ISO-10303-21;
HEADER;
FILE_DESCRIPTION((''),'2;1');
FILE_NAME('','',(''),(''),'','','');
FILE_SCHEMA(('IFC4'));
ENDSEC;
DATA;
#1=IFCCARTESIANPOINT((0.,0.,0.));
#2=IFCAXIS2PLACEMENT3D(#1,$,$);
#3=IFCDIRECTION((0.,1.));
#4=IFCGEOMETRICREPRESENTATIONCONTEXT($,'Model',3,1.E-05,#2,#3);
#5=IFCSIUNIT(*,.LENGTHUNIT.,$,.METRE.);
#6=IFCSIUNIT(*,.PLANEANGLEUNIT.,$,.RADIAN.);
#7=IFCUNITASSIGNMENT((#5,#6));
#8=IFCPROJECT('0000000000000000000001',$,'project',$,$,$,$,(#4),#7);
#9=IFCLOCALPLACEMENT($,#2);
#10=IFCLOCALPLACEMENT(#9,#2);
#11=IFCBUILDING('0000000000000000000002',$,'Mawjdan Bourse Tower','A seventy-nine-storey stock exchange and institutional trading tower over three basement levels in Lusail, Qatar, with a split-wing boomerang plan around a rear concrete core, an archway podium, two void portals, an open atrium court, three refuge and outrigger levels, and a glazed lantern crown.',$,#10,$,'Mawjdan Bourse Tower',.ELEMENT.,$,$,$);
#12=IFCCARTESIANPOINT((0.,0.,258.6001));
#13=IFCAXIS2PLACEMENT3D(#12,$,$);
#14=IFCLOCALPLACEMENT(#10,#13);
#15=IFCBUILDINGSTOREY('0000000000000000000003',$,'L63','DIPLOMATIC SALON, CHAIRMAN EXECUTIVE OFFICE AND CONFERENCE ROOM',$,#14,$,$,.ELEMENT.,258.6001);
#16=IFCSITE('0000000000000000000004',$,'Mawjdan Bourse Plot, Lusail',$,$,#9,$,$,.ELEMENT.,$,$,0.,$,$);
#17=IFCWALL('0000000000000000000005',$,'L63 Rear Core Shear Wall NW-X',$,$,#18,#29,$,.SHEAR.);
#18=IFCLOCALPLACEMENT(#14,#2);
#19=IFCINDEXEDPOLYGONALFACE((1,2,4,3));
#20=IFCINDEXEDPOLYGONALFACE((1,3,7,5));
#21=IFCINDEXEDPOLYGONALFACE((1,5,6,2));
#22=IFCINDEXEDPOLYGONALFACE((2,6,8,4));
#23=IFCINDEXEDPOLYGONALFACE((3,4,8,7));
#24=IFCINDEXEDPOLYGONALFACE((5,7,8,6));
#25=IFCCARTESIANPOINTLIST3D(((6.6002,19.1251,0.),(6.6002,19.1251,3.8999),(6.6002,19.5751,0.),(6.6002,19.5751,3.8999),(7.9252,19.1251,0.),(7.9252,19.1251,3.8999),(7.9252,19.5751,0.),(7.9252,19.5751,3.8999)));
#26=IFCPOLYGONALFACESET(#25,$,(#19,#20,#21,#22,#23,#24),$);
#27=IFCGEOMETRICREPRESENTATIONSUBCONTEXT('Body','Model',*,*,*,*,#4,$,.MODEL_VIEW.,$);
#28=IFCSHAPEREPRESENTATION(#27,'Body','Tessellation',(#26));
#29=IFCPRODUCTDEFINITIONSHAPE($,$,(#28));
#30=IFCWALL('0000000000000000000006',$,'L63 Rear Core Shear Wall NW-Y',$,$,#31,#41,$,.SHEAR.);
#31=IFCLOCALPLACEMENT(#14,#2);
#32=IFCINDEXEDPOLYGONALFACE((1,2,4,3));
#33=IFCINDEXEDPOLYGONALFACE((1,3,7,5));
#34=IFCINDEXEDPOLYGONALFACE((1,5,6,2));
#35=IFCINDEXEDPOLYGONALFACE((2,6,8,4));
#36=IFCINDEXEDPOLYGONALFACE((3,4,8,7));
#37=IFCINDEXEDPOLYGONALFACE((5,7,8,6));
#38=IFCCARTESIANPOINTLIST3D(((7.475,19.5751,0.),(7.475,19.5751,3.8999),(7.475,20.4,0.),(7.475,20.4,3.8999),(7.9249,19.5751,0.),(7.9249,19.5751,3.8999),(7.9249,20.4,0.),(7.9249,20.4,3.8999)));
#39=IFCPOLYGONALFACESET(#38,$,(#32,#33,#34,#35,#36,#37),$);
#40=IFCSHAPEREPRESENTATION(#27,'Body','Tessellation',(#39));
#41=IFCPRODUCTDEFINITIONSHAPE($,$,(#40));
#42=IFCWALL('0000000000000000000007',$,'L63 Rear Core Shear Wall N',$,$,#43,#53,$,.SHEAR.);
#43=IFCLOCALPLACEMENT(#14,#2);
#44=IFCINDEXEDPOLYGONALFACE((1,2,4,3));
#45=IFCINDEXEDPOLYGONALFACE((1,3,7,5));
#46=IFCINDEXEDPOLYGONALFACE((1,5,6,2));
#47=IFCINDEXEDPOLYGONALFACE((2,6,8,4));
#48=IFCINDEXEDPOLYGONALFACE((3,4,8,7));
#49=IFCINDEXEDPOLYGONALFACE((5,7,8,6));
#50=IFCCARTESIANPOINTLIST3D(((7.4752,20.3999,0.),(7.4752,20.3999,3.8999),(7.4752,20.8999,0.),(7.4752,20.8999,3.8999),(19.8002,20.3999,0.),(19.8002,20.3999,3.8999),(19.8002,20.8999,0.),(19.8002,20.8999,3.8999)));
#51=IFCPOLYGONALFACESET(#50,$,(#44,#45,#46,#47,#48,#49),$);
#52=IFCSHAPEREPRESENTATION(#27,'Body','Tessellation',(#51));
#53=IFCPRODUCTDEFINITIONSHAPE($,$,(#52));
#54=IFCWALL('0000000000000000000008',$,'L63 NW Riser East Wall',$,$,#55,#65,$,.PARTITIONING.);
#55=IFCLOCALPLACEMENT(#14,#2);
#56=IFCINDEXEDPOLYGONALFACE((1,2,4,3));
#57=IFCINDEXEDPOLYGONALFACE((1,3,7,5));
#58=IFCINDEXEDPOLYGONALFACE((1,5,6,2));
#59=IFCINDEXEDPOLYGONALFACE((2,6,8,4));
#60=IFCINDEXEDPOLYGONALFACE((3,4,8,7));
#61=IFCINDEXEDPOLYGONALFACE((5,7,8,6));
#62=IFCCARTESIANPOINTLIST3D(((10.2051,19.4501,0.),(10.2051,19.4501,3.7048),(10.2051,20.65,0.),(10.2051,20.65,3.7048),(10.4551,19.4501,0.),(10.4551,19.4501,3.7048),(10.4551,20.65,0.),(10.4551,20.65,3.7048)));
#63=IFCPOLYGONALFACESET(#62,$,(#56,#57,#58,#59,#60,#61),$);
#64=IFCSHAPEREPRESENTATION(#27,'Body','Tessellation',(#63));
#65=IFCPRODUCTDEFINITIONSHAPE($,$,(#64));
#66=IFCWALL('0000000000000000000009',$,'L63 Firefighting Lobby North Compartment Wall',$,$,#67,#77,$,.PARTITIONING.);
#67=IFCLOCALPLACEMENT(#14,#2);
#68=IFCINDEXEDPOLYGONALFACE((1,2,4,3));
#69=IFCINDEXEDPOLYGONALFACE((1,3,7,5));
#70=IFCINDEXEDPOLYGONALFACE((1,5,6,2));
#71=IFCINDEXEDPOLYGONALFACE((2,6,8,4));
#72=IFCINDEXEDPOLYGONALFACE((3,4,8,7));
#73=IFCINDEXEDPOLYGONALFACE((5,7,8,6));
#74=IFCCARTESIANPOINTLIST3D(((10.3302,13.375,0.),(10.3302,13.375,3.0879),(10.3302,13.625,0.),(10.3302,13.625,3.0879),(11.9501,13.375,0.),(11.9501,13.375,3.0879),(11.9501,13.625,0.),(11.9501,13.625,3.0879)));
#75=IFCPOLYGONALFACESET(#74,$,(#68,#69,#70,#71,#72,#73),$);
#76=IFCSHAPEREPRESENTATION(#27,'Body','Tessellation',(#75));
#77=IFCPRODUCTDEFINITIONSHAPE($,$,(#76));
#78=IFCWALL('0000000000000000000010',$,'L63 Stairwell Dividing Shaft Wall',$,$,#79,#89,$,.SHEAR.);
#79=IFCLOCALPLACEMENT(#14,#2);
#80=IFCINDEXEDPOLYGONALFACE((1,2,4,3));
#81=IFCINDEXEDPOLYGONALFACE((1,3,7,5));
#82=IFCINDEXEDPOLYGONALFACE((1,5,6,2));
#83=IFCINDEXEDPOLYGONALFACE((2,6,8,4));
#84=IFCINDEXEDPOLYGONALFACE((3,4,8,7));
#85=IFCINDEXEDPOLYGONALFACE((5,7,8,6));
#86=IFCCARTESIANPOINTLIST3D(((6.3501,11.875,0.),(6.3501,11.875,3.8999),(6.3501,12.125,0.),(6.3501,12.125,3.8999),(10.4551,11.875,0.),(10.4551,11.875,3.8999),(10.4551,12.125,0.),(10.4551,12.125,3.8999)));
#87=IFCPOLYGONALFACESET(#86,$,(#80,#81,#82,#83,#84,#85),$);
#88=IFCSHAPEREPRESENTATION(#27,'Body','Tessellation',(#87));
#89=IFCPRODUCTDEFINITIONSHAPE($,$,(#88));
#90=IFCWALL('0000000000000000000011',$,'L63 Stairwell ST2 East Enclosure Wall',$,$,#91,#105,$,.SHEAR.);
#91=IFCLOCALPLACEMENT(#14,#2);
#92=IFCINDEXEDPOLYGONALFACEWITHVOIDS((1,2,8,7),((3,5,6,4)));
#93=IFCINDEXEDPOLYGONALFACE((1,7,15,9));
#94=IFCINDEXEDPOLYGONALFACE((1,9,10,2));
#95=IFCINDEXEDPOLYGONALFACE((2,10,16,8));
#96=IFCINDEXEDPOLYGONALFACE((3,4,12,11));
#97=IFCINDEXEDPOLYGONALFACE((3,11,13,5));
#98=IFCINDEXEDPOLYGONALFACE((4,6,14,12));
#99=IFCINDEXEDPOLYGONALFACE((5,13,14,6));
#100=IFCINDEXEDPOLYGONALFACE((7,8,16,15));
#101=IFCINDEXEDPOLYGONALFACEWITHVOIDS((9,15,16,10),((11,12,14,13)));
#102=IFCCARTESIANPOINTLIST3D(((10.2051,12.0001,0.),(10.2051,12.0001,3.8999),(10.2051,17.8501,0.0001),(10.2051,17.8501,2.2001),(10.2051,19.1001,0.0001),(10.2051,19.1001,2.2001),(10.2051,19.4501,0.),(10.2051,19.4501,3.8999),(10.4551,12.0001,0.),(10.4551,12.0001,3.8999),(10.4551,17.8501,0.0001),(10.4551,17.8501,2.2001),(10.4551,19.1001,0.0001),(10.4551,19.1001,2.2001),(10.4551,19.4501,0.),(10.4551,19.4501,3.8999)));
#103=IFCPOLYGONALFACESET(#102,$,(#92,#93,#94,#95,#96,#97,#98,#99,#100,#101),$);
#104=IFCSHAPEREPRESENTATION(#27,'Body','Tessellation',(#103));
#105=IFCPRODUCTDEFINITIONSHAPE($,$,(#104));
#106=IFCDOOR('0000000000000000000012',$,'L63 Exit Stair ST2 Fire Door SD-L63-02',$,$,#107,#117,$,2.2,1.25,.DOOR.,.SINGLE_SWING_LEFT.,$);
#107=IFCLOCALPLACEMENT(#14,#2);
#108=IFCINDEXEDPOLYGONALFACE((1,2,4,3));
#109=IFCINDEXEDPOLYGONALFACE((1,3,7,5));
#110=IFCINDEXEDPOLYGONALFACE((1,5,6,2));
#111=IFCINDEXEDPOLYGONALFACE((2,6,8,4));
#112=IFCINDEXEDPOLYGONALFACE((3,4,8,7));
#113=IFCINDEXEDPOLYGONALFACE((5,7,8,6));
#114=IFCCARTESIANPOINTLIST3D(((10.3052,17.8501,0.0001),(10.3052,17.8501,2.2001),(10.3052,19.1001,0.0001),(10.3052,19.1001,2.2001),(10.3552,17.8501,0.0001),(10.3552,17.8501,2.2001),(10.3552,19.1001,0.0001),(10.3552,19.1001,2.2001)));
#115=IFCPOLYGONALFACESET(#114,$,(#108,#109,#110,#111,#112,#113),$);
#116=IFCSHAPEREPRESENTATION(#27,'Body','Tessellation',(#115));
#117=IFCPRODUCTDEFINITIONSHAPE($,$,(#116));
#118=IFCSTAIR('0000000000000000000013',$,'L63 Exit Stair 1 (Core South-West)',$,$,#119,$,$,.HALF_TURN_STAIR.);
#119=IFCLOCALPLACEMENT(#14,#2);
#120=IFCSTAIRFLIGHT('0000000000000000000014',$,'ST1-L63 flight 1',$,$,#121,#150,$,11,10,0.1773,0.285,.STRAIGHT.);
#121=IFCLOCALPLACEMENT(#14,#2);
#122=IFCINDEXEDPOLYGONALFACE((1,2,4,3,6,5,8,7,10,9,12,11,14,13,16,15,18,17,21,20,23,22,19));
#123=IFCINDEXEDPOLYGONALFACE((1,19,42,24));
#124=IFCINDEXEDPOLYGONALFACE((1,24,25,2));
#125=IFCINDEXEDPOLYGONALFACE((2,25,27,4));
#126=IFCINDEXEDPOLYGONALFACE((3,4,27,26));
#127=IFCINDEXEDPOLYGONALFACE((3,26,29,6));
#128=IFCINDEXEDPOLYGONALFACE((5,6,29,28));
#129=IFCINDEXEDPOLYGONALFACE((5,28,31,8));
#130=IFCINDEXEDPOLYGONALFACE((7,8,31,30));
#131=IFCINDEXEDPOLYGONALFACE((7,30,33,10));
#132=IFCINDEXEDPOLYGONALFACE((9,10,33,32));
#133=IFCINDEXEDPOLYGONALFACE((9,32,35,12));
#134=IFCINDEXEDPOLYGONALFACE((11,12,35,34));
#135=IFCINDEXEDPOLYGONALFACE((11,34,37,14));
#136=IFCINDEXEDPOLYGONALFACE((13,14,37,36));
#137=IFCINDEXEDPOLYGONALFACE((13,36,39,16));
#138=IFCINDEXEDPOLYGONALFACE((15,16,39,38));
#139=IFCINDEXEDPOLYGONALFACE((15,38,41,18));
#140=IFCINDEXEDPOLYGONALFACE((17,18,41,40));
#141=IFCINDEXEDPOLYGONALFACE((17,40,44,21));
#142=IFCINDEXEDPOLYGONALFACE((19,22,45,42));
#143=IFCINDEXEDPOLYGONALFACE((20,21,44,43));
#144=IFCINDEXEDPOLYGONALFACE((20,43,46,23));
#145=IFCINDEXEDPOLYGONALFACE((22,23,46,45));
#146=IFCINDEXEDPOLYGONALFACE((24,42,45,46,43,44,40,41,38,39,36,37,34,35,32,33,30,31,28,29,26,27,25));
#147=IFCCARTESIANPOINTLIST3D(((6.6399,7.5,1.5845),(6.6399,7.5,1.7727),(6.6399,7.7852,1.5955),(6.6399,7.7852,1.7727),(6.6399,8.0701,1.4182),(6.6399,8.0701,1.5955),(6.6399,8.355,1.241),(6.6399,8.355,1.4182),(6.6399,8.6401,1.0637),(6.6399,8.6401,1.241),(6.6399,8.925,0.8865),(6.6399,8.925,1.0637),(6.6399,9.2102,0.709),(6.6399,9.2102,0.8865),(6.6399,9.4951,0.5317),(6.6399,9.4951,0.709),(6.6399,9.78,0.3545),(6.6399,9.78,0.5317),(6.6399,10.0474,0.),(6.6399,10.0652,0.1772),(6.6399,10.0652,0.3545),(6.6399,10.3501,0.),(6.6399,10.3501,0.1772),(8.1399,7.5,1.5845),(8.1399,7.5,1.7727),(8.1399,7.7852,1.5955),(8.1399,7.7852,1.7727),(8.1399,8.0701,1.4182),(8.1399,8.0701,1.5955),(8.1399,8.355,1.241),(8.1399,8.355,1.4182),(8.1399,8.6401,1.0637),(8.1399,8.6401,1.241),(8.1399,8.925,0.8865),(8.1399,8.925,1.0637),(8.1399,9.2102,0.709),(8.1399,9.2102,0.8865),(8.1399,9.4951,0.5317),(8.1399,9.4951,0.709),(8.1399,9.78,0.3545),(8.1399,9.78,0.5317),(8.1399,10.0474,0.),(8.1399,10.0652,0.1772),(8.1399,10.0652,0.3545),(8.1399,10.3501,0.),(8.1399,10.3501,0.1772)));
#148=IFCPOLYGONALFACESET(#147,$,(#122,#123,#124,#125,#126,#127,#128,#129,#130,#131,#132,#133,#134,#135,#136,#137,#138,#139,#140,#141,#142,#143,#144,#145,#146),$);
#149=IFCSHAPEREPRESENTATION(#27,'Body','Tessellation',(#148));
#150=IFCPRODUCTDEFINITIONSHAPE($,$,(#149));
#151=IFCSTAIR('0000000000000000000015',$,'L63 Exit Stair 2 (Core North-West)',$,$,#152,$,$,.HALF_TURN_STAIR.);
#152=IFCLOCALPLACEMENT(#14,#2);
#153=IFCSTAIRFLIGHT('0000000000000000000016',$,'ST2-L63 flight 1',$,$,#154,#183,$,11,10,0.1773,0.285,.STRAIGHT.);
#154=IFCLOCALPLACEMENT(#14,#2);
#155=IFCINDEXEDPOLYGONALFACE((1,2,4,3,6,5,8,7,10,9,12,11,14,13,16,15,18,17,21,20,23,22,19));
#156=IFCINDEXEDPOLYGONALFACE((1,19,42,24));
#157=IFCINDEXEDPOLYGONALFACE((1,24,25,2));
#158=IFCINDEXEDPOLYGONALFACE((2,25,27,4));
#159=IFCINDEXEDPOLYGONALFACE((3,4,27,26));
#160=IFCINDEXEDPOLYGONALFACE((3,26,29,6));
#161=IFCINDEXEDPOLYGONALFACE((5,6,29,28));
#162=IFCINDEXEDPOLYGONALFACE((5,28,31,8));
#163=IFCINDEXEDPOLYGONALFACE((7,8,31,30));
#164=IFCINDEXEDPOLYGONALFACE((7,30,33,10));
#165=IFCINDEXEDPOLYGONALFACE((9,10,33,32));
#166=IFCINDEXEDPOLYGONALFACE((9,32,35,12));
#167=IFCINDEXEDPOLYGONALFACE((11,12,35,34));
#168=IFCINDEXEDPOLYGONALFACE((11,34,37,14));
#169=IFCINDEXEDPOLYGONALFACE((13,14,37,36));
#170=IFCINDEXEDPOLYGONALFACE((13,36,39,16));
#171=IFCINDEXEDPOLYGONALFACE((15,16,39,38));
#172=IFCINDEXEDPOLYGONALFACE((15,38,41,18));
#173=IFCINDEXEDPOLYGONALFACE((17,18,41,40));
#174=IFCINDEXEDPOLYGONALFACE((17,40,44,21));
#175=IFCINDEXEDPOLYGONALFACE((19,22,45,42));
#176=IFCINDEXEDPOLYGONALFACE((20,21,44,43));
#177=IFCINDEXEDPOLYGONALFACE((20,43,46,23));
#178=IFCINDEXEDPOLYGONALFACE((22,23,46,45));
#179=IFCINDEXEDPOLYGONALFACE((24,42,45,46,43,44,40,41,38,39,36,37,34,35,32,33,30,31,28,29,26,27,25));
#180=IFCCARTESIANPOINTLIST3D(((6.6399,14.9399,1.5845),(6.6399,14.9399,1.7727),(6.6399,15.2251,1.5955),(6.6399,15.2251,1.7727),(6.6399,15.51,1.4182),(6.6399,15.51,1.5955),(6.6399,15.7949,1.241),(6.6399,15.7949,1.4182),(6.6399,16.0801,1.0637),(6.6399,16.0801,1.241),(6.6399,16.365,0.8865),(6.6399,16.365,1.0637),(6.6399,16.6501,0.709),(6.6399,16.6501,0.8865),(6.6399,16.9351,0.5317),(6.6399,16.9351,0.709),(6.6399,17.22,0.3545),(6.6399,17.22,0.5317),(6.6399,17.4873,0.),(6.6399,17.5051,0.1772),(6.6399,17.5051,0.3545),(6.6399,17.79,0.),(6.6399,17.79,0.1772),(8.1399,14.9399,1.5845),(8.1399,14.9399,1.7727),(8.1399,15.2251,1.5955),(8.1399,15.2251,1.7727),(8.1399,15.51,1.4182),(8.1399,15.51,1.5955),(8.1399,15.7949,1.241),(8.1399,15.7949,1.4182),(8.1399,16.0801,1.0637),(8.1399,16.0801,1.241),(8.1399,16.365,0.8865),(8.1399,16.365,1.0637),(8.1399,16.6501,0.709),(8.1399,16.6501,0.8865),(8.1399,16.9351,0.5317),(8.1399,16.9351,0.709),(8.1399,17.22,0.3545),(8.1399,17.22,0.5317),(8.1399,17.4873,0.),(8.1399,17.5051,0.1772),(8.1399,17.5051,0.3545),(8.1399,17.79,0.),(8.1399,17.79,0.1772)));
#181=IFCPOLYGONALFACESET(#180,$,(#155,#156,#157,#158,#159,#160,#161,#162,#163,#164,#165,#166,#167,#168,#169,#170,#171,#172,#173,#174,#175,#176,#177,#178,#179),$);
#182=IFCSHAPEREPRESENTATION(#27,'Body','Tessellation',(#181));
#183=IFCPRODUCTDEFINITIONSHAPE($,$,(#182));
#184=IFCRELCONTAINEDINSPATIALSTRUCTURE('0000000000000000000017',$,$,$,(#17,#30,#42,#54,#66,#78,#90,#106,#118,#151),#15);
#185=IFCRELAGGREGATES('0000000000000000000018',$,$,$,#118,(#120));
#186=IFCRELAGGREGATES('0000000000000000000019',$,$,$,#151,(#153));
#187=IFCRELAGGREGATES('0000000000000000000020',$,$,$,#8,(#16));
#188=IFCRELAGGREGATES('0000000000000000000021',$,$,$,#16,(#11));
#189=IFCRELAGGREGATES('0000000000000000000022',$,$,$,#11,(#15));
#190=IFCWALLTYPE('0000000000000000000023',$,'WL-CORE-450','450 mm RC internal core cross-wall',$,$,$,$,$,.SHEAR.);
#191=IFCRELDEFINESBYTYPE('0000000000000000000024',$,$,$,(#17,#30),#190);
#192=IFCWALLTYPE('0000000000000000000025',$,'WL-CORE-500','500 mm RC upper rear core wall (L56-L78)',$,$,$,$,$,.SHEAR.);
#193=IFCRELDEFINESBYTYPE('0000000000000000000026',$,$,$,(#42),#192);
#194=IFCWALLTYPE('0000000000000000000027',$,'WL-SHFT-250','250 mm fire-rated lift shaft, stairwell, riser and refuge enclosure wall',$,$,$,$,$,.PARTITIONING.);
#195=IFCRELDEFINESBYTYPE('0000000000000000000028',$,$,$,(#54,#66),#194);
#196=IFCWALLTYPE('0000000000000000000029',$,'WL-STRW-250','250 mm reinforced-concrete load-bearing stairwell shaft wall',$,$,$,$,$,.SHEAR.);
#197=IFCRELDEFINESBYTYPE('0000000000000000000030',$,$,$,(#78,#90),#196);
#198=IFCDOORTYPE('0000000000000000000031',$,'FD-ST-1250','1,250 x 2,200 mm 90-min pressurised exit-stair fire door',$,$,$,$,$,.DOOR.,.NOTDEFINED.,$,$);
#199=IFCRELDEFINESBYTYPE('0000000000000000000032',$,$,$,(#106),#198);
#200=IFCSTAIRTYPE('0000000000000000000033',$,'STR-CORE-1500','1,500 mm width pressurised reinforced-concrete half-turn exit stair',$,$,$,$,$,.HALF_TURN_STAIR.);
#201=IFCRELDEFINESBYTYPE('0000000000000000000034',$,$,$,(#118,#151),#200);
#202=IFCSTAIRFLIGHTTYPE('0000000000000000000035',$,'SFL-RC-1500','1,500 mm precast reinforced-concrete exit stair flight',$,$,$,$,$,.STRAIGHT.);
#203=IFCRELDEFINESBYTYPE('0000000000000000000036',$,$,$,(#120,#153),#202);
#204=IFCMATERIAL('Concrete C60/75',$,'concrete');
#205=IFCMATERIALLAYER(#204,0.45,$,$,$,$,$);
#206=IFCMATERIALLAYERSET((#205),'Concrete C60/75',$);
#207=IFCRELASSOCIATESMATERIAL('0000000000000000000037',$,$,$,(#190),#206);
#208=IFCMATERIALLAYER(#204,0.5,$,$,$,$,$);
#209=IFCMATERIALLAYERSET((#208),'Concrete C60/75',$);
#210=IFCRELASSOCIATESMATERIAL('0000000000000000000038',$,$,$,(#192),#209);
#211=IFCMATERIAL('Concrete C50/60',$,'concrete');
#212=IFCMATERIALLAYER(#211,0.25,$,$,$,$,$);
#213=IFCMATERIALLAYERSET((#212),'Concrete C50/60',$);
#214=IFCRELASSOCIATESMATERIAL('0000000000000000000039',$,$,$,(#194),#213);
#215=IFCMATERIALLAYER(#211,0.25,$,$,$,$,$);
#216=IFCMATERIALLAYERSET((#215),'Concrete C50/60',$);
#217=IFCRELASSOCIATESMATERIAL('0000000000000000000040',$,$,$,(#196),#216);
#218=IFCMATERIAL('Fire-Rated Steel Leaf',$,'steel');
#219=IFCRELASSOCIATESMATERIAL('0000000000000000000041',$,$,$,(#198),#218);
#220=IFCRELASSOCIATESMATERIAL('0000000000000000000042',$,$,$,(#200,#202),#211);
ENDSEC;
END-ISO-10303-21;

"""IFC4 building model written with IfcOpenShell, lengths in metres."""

from ifc_helpers import new_model, si_unit, direction, frame, frame_2d, origin, place, context, subcontext, project, spatial, polyline, rectangle, outline, extrude, material, layer, layer_set, type_object, element, fill, aggregate, save


model = new_model("IFC4")

# Units and contexts
model_context = context("Model", 3, precision=1e-05, world=origin(), true_north=direction((0.0, 1.0)))
body_context = subcontext(model_context, "Body", "Model", "MODEL_VIEW")
ifc_project = project(units=[si_unit("LENGTHUNIT", "METRE"), si_unit("PLANEANGLEUNIT", "RADIAN")], contexts=[model_context])

# Site, building, storey
site_placement = place(None, origin())
site = spatial("IfcSite", under=ifc_project, at=site_placement, Name="Mawjdan Bourse Plot, Lusail", CompositionType="ELEMENT", RefElevation=0.0)
building_placement = place(site_placement, origin())
building = spatial("IfcBuilding", under=site, at=building_placement, Name="Mawjdan Bourse Tower", Description="A seventy-nine-storey stock exchange and institutional trading tower over three basement levels in Lusail, Qatar, with a split-wing boomerang plan around a rear concrete core, an archway podium, two void portals, an open atrium court, three refuge and outrigger levels, and a glazed lantern crown.", LongName="Mawjdan Bourse Tower", CompositionType="ELEMENT")
storey_placement = place(building_placement, frame((0.0, 0.0, 258.6001)))
storey = spatial("IfcBuildingStorey", under=building, at=storey_placement, Name="L63", Description="DIPLOMATIC SALON, CHAIRMAN EXECUTIVE OFFICE AND CONFERENCE ROOM", CompositionType="ELEMENT", Elevation=258.6001)

# Walls
ifc_material_1 = material(Name="Concrete C60/75", Category="concrete")
ifc_layer_1 = layer(ifc_material_1, 0.45)
ifc_layer_set_1 = layer_set([ifc_layer_1], Name="Concrete C60/75")
wall_type_1 = type_object("IfcWallType", Name="WL-CORE-450", Description="450 mm RC internal core cross-wall", PredefinedType="SHEAR", material=ifc_layer_set_1)
wall_1_placement = place(storey_placement, frame((6.6001, 19.3501, 0.0), z_axis=(0.0, 0.0, 1.0), x_axis=(1.0, 0.0, 0.0)))
element("IfcWall", 1, at=wall_1_placement, inside=storey, type_object=wall_type_1, Name="L63 Rear Core Shear Wall NW-X", PredefinedType="SHEAR", context=body_context, shape_type="SweptSolid", body=[
    extrude(rectangle(XDim=1.325, YDim=0.45, at=frame_2d((0.6626, 0.0))), origin(), (0.0, 0.0, 1.0), 3.8999),
])
wall_2_placement = place(storey_placement, frame((7.7, 19.575, 0.0), z_axis=(0.0, 0.0, 1.0), x_axis=(0.0, 1.0, 0.0)))
element("IfcWall", 2, at=wall_2_placement, inside=storey, type_object=wall_type_1, Name="L63 Rear Core Shear Wall NW-Y", PredefinedType="SHEAR", context=body_context, shape_type="SweptSolid", body=[
    extrude(rectangle(XDim=0.825, YDim=0.45, at=frame_2d((0.4126, 0.0))), origin(), (0.0, 0.0, 1.0), 3.8999),
])
ifc_layer_2 = layer(ifc_material_1, 0.5)
ifc_layer_set_2 = layer_set([ifc_layer_2], Name="Concrete C60/75")
wall_type_2 = type_object("IfcWallType", Name="WL-CORE-500", Description="500 mm RC upper rear core wall (L56-L78)", PredefinedType="SHEAR", material=ifc_layer_set_2)
wall_3_placement = place(storey_placement, frame((7.4751, 20.6499, 0.0), z_axis=(0.0, 0.0, 1.0), x_axis=(1.0, 0.0, 0.0)))
element("IfcWall", 3, at=wall_3_placement, inside=storey, type_object=wall_type_2, Name="L63 Rear Core Shear Wall N", PredefinedType="SHEAR", context=body_context, shape_type="SweptSolid", body=[
    extrude(rectangle(XDim=12.325, YDim=0.5, at=frame_2d((6.1626, 0.0))), origin(), (0.0, 0.0, 1.0), 3.8999),
])
ifc_material_2 = material(Name="Concrete C50/60", Category="concrete")
ifc_layer_3 = layer(ifc_material_2, 0.25)
ifc_layer_set_3 = layer_set([ifc_layer_3], Name="Concrete C50/60")
wall_type_3 = type_object("IfcWallType", Name="WL-SHFT-250", Description="250 mm fire-rated lift shaft, stairwell, riser and refuge enclosure wall", PredefinedType="PARTITIONING", material=ifc_layer_set_3)
wall_4_placement = place(storey_placement, frame((10.3301, 19.45, 0.0), z_axis=(0.0, 0.0, 1.0), x_axis=(0.0, 1.0, 0.0)))
element("IfcWall", 4, at=wall_4_placement, inside=storey, type_object=wall_type_3, Name="L63 NW Riser East Wall", PredefinedType="PARTITIONING", context=body_context, shape_type="SweptSolid", body=[
    extrude(rectangle(XDim=1.2, YDim=0.25, at=frame_2d((0.6001, 0.0))), origin(), (0.0, 0.0, 1.0), 3.7048),
])
wall_5_placement = place(storey_placement, frame((10.3301, 13.5, 0.0), z_axis=(0.0, 0.0, 1.0), x_axis=(1.0, 0.0, 0.0)))
element("IfcWall", 5, at=wall_5_placement, inside=storey, type_object=wall_type_3, Name="L63 Firefighting Lobby North Compartment Wall", PredefinedType="PARTITIONING", context=body_context, shape_type="SweptSolid", body=[
    extrude(rectangle(XDim=1.6199, YDim=0.25, at=frame_2d((0.8101, 0.0))), origin(), (0.0, 0.0, 1.0), 3.0879),
])
ifc_layer_4 = layer(ifc_material_2, 0.25)
ifc_layer_set_4 = layer_set([ifc_layer_4], Name="Concrete C50/60")
wall_type_4 = type_object("IfcWallType", Name="WL-STRW-250", Description="250 mm reinforced-concrete load-bearing stairwell shaft wall", PredefinedType="SHEAR", material=ifc_layer_set_4)
wall_6_placement = place(storey_placement, frame((6.3501, 12.0, 0.0), z_axis=(0.0, 0.0, 1.0), x_axis=(1.0, 0.0, 0.0)))
element("IfcWall", 6, at=wall_6_placement, inside=storey, type_object=wall_type_4, Name="L63 Stairwell Dividing Shaft Wall", PredefinedType="SHEAR", context=body_context, shape_type="SweptSolid", body=[
    extrude(rectangle(XDim=4.105, YDim=0.25, at=frame_2d((2.0525, 0.0))), origin(), (0.0, 0.0, 1.0), 3.8999),
])

# Wall, opening, door
wall_7_placement = place(storey_placement, frame((10.3301, 12.0, 0.0), z_axis=(0.0, 0.0, 1.0), x_axis=(0.0, 1.0, 0.0)))
wall_7 = element("IfcWall", 7, at=wall_7_placement, inside=storey, type_object=wall_type_4, Name="L63 Stairwell ST2 East Enclosure Wall", PredefinedType="SHEAR", context=body_context, shape_type="SweptSolid", body=[
    extrude(rectangle(XDim=7.45, YDim=0.25, at=frame_2d((3.7251, 0.0))), origin(), (0.0, 0.0, 1.0), 3.8999),
])
opening_placement = place(wall_7_placement, frame((5.8501, 0.0, 0.0)))
opening = element("IfcOpeningElement", 8, at=opening_placement, cuts=wall_7, PredefinedType="OPENING", context=body_context, shape_type="SweptSolid", body=[
    extrude(rectangle(XDim=1.25, YDim=2.2, at=frame_2d((0.625, 1.1001))), frame((0.0, 0.135, 0.0), z_axis=(0.0, -1.0, 0.0), x_axis=(1.0, 0.0, 0.0)), (0.0, 0.0, 1.0), 0.27),
])
ifc_material_3 = material(Name="Fire-Rated Steel Leaf", Category="steel")
door_type = type_object("IfcDoorType", Name="FD-ST-1250", Description="1,250 x 2,200 mm 90-min pressurised exit-stair fire door", OperationType="NOTDEFINED", PredefinedType="DOOR", material=ifc_material_3)
door_placement = place(opening_placement, origin())
door = element("IfcDoor", 9, at=door_placement, inside=storey, type_object=door_type, Name="L63 Exit Stair ST2 Fire Door SD-L63-02", OperationType="SINGLE_SWING_LEFT", OverallHeight=2.2, OverallWidth=1.25, PredefinedType="DOOR", context=body_context, shape_type="SweptSolid", body=[
    extrude(rectangle(XDim=1.25, YDim=2.2, at=frame_2d((0.625, 1.1001))), frame((0.0, 0.0249, 0.0), z_axis=(0.0, -1.0, 0.0), x_axis=(1.0, 0.0, 0.0)), (0.0, 0.0, 1.0), 0.05),
])
fill(opening, door)

# Stair, stair flight
stair_type = type_object("IfcStairType", Name="STR-CORE-1500", Description="1,500 mm width pressurised reinforced-concrete half-turn exit stair", PredefinedType="HALF_TURN_STAIR", material=ifc_material_2)
stair_1_placement = place(storey_placement, origin())
stair_1 = element("IfcStair", 10, at=stair_1_placement, inside=storey, type_object=stair_type, Name="L63 Exit Stair 1 (Core South-West)", PredefinedType="HALF_TURN_STAIR")
stair_flight_type = type_object("IfcStairFlightType", Name="SFL-RC-1500", Description="1,500 mm precast reinforced-concrete exit stair flight", PredefinedType="STRAIGHT", material=ifc_material_2)
stair_flight_1_placement = place(storey_placement, frame((7.3899, 10.3501, 0.0), z_axis=(0.0, 0.0, 1.0), x_axis=(0.0, -1.0, 0.0)))
stair_flight_1 = element("IfcStairFlight", 11, at=stair_flight_1_placement, type_object=stair_flight_type, Name="ST1-L63 flight 1", NumberOfRisers=11, NumberOfTreads=10, PredefinedType="STRAIGHT", RiserHeight=0.1773, TreadLength=0.285, context=body_context, shape_type="SweptSolid", body=[
    extrude(outline(polyline([(0.0, 0.0), (0.0, 0.1772), (0.2849, 0.1772), (0.2849, 0.3545), (0.5701, 0.3545), (0.5701, 0.5317), (0.855, 0.5317), (0.855, 0.709), (1.1399, 0.709), (1.1399, 0.8865), (1.425, 0.8865), (1.425, 1.0637), (1.71, 1.0637), (1.71, 1.241), (1.9951, 1.241), (1.9951, 1.4182), (2.28, 1.4182), (2.28, 1.5955), (2.5649, 1.5955), (2.5649, 1.7727), (2.8501, 1.7727), (2.8501, 1.95), (2.8501, 1.5845), (0.3027, 0.0), (0.0, 0.0)])), frame((0.0, 0.75, 0.0), z_axis=(0.0, -1.0, 0.0), x_axis=(1.0, 0.0, 0.0)), (0.0, 0.0, 1.0), 1.5),
])
aggregate(stair_1, [stair_flight_1])

# Stair, stair flight
stair_2_placement = place(storey_placement, origin())
stair_2 = element("IfcStair", 12, at=stair_2_placement, inside=storey, type_object=stair_type, Name="L63 Exit Stair 2 (Core North-West)", PredefinedType="HALF_TURN_STAIR")
stair_flight_2_placement = place(storey_placement, frame((7.3899, 17.79, 0.0), z_axis=(0.0, 0.0, 1.0), x_axis=(0.0, -1.0, 0.0)))
stair_flight_2 = element("IfcStairFlight", 13, at=stair_flight_2_placement, type_object=stair_flight_type, Name="ST2-L63 flight 1", NumberOfRisers=11, NumberOfTreads=10, PredefinedType="STRAIGHT", RiserHeight=0.1773, TreadLength=0.285, context=body_context, shape_type="SweptSolid", body=[
    extrude(outline(polyline([(0.0, 0.0), (0.0, 0.1772), (0.2849, 0.1772), (0.2849, 0.3545), (0.5701, 0.3545), (0.5701, 0.5317), (0.855, 0.5317), (0.855, 0.709), (1.1399, 0.709), (1.1399, 0.8865), (1.425, 0.8865), (1.425, 1.0637), (1.71, 1.0637), (1.71, 1.241), (1.9951, 1.241), (1.9951, 1.4182), (2.28, 1.4182), (2.28, 1.5955), (2.5649, 1.5955), (2.5649, 1.7727), (2.8501, 1.7727), (2.8501, 1.95), (2.8501, 1.5845), (0.3027, 0.0), (0.0, 0.0)])), frame((0.0, 0.75, 0.0), z_axis=(0.0, -1.0, 0.0), x_axis=(1.0, 0.0, 0.0)), (0.0, 0.0, 1.0), 1.5),
])
aggregate(stair_2, [stair_flight_2])

save(model, "model.ifc")
